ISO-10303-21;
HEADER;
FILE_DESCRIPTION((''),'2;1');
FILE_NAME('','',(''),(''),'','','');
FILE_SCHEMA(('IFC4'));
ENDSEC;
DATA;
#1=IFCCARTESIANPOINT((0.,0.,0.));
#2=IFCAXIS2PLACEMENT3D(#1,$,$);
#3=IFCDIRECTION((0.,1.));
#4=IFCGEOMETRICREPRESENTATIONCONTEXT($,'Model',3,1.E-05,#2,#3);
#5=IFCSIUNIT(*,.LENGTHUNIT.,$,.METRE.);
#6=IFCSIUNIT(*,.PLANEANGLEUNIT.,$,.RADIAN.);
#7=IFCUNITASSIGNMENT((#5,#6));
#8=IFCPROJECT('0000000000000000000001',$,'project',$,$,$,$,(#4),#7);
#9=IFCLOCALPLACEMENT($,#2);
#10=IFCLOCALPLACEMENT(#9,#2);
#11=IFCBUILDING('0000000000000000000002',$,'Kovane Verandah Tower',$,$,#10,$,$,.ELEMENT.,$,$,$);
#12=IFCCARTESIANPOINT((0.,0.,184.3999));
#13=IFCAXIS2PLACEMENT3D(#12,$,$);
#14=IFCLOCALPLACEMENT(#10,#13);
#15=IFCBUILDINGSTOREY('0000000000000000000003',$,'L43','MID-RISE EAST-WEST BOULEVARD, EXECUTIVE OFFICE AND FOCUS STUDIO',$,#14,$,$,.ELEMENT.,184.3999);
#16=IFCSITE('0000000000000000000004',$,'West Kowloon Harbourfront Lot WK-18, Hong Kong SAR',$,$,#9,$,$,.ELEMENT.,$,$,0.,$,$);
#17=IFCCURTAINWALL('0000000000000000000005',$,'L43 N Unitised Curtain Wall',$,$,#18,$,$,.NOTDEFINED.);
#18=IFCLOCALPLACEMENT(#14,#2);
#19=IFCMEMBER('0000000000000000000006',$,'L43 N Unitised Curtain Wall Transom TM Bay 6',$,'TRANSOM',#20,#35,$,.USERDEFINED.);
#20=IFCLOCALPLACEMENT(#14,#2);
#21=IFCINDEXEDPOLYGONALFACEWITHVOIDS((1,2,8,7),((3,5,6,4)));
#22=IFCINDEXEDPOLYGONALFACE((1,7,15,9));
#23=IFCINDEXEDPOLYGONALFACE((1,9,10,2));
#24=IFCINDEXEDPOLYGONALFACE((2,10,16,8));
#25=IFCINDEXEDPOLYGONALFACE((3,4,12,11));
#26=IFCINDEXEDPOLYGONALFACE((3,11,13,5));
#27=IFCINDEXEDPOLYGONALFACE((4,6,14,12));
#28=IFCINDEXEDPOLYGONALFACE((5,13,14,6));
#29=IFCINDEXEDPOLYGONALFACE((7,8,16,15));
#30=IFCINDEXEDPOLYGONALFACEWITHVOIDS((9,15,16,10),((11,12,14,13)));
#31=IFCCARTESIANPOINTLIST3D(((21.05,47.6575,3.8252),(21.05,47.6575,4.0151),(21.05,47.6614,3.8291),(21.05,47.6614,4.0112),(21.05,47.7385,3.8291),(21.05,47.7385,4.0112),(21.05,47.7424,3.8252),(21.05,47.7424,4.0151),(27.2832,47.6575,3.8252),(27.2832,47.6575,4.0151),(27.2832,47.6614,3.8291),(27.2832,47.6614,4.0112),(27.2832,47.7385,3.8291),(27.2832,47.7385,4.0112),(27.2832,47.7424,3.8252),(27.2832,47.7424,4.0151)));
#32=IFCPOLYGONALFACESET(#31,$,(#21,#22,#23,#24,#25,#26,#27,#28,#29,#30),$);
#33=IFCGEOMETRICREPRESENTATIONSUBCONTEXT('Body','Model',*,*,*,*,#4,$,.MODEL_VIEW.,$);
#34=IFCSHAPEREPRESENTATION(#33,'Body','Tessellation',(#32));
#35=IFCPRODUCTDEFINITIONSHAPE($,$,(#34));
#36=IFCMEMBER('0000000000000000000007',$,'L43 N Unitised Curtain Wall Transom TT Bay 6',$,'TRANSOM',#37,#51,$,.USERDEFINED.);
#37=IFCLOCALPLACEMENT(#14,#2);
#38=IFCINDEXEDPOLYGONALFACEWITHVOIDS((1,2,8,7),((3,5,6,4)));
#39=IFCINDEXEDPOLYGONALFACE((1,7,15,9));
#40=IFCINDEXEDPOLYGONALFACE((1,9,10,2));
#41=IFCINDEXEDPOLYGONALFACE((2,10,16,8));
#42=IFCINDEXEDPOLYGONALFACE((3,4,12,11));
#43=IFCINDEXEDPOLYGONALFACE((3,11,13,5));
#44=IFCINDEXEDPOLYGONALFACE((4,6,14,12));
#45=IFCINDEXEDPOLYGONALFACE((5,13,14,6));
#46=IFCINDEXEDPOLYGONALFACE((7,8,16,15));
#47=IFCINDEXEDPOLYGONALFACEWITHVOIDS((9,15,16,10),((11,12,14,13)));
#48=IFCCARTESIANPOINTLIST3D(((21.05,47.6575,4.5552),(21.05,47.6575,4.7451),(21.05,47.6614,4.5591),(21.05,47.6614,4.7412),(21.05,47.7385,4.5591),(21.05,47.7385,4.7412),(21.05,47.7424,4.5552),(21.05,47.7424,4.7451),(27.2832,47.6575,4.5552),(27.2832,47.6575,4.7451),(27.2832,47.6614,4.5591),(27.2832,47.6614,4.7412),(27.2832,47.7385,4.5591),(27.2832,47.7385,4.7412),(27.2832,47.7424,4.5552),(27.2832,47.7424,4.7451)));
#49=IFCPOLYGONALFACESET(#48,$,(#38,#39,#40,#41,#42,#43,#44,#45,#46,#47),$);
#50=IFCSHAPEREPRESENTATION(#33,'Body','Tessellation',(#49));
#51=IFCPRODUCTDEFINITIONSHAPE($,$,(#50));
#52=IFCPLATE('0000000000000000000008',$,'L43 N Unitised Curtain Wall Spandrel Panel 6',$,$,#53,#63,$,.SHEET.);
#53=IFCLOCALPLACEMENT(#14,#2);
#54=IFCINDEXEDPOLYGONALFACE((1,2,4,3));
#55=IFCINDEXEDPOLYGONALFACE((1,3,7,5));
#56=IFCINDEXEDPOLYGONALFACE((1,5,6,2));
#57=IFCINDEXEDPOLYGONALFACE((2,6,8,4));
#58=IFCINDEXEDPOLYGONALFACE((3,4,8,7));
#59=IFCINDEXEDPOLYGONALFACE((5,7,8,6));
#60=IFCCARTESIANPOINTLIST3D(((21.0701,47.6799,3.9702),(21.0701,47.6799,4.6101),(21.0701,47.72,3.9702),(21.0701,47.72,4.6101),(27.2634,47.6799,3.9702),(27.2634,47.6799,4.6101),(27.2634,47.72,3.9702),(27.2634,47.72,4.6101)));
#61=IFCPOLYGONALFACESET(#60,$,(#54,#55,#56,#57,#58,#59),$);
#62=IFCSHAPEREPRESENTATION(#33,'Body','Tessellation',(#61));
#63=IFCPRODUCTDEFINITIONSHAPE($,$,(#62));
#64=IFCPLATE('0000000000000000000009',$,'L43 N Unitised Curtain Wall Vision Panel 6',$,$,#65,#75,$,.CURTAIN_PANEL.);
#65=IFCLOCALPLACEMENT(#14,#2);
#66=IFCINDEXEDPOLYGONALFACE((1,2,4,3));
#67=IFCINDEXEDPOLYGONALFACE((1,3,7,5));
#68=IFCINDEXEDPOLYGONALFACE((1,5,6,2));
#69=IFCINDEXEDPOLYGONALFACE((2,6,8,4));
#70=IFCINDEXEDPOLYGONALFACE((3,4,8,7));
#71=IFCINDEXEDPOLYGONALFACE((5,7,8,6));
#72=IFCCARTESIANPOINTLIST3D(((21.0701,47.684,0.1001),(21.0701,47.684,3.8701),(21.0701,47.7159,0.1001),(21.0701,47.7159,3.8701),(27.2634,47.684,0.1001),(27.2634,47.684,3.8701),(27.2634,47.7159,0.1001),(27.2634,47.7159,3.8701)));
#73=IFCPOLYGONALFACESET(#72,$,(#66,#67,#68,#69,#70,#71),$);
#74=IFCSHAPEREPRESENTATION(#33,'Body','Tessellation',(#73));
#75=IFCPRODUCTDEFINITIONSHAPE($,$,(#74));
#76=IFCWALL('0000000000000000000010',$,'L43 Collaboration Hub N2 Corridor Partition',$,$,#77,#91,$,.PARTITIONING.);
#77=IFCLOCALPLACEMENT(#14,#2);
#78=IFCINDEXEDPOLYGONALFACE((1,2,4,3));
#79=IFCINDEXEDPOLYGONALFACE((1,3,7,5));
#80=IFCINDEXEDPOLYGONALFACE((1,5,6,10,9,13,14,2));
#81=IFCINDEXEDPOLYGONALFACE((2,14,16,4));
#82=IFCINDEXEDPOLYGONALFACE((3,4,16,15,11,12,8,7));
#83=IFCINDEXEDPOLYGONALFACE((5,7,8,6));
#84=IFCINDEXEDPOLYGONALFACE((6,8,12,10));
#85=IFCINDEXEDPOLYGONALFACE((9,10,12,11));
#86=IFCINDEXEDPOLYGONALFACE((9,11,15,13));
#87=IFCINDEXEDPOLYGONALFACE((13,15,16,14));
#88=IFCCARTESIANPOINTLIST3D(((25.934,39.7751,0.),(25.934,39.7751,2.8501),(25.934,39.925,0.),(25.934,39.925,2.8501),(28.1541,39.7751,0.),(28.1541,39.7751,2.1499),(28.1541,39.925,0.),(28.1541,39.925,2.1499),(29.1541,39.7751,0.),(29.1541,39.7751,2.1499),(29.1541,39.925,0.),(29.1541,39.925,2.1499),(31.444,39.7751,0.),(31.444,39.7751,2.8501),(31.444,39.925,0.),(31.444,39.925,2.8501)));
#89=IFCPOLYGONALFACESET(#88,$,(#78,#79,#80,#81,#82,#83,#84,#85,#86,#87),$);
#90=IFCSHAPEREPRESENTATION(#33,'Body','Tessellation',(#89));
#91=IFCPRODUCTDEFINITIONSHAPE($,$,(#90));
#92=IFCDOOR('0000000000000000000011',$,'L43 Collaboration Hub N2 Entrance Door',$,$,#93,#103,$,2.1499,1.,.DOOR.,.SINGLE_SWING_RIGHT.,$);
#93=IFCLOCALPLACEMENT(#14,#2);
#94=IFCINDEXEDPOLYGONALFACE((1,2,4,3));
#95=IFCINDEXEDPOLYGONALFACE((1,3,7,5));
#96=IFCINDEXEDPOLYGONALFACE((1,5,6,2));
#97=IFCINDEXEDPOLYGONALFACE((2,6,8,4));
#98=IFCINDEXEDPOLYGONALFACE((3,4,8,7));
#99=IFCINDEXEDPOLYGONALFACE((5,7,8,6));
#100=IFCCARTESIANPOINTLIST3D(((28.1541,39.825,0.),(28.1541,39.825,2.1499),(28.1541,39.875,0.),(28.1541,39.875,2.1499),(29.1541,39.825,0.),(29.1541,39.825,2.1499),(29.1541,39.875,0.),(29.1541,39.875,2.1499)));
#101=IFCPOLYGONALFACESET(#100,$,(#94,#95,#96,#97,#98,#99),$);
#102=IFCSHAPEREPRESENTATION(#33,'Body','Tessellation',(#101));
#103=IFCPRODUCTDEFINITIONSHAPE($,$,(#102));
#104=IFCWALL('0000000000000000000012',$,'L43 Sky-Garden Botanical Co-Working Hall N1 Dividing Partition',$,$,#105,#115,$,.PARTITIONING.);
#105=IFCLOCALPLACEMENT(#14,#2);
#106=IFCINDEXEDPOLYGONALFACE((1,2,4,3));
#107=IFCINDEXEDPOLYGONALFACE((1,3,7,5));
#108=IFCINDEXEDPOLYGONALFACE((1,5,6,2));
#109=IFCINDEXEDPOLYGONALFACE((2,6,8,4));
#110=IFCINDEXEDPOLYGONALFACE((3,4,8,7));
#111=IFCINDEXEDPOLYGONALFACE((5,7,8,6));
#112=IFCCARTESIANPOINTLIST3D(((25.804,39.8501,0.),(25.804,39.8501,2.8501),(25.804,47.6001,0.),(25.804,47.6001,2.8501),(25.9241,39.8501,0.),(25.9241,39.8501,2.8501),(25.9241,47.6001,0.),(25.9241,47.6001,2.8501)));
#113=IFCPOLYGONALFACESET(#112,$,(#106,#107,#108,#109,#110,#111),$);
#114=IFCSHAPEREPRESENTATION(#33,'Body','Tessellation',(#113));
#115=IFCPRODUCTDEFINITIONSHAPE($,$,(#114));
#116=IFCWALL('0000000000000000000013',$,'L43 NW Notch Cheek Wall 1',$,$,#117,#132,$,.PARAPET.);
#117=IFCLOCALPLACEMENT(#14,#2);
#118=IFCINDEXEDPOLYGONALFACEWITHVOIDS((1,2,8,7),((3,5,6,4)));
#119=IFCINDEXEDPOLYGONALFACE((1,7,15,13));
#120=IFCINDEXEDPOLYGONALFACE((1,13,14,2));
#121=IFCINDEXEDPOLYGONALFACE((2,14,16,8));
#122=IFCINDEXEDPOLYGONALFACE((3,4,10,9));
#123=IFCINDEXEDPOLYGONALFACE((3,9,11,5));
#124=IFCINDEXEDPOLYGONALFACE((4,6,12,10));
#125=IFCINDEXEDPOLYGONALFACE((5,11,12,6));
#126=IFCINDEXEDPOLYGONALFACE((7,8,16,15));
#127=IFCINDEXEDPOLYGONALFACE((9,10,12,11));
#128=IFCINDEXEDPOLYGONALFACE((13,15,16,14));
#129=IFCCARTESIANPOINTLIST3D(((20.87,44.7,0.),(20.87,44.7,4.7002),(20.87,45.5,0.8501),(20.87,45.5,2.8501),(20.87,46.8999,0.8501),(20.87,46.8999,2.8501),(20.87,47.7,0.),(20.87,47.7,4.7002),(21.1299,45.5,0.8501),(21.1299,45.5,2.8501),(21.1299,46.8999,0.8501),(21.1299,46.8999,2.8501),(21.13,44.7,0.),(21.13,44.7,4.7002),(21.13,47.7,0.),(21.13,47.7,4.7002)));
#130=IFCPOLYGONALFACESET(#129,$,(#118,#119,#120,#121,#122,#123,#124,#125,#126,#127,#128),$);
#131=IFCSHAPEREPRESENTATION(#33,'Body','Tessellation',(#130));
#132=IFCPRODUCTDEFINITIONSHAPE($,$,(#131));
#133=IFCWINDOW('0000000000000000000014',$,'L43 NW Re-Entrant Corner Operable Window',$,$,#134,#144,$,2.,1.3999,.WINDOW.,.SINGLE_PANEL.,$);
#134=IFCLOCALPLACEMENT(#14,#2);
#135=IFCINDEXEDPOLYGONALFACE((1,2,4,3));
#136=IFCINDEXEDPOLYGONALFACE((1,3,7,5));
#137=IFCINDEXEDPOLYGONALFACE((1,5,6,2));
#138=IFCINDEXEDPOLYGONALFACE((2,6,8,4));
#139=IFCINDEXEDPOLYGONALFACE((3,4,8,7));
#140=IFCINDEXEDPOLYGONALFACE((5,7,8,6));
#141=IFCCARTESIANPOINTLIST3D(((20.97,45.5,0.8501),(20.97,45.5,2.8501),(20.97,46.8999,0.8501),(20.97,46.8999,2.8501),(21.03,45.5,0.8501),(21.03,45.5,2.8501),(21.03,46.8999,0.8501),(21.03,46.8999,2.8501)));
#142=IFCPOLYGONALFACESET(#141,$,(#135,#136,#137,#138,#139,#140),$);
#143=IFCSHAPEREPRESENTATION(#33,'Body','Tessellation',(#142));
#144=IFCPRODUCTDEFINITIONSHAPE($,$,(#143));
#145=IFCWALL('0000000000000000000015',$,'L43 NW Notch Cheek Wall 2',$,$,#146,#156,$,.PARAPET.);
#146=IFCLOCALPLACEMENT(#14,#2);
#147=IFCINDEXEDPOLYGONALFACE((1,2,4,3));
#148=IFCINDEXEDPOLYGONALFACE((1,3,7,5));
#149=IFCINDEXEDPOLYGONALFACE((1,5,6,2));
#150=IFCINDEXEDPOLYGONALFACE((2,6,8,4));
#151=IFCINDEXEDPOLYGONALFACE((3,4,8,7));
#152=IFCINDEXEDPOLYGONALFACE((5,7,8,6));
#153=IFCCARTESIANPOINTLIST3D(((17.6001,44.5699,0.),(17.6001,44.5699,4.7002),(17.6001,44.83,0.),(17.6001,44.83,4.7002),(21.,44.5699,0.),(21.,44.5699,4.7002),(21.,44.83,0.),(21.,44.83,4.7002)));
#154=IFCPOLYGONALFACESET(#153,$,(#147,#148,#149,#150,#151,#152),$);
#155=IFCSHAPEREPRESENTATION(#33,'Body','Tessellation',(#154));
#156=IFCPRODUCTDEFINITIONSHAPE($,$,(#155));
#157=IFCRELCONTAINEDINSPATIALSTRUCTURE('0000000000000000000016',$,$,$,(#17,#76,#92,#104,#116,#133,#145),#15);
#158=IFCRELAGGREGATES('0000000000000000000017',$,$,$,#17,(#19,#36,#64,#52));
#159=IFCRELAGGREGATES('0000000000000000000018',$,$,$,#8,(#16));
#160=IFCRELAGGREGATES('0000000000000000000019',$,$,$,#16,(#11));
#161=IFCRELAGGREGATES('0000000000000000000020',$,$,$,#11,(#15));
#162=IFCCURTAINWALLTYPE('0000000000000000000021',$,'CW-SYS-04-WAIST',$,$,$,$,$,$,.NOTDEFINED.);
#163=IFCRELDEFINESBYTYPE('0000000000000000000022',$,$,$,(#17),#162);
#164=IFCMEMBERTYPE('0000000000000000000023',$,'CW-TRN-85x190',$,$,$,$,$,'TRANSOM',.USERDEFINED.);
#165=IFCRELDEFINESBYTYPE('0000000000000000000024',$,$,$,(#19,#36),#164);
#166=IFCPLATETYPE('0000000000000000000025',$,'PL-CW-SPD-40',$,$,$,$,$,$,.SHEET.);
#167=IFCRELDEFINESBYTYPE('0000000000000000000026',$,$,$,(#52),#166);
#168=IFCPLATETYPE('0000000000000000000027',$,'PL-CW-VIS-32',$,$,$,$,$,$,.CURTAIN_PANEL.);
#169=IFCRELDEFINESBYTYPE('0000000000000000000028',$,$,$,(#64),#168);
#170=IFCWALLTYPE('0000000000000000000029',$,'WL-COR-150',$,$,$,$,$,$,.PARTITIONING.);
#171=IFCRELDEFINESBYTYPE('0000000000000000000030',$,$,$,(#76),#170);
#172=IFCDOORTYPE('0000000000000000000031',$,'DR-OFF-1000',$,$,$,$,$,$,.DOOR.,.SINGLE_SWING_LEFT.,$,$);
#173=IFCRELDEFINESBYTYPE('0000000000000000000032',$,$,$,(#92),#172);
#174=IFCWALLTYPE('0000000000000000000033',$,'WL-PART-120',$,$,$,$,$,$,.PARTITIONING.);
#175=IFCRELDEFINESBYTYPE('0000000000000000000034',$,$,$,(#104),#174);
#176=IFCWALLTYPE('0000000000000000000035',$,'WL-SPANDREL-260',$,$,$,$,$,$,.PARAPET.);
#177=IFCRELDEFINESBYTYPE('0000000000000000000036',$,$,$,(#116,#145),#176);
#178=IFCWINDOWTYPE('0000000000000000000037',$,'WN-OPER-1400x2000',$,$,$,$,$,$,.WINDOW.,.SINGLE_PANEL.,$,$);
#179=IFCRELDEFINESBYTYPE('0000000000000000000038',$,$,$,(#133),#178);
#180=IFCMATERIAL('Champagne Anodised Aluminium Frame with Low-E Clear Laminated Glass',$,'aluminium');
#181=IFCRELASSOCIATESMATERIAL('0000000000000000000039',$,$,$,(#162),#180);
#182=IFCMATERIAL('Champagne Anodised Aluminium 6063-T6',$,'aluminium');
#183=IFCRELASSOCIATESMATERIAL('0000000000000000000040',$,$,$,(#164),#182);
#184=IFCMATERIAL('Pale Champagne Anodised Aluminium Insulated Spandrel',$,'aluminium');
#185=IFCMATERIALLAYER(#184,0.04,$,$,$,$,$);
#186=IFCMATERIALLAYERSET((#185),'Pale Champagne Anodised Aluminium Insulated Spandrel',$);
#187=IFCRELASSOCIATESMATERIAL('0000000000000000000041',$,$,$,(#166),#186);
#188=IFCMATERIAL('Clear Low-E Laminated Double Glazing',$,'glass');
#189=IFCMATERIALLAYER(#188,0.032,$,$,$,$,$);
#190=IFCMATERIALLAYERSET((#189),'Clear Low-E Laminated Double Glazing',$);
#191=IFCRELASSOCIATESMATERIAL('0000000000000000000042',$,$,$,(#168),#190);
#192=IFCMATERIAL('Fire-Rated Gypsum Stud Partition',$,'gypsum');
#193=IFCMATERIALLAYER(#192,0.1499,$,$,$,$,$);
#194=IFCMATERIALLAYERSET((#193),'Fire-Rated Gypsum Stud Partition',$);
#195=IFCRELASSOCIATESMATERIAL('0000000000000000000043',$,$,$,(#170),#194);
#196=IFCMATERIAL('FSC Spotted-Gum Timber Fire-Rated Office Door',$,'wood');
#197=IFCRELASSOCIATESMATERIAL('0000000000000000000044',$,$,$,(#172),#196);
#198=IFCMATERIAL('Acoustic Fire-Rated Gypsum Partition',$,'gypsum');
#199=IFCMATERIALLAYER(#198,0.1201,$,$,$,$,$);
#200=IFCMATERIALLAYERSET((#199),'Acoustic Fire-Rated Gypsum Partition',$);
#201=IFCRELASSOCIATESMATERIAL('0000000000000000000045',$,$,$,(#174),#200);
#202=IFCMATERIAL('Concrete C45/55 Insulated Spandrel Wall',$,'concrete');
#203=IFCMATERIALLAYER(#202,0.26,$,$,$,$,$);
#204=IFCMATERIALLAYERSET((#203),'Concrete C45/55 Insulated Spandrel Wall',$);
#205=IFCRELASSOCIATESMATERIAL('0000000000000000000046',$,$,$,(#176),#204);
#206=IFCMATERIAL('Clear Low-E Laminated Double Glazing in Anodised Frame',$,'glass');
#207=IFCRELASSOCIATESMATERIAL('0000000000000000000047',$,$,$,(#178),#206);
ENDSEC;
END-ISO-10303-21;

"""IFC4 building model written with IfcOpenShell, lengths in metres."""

from ifc_helpers import new_model, si_unit, direction, frame, frame_2d, origin, origin_2d, place, context, subcontext, project, spatial, rectangle, hollow_rectangle, extrude, material, layer, layer_set, material_profile, profile_set, type_object, element, fill, aggregate, save


model = new_model("IFC4")

# Units and contexts
model_context = context("Model", 3, precision=1e-05, world=origin(), true_north=direction((0.0, 1.0)))
body_context = subcontext(model_context, "Body", "Model", "MODEL_VIEW")
ifc_project = project(units=[si_unit("LENGTHUNIT", "METRE"), si_unit("PLANEANGLEUNIT", "RADIAN")], contexts=[model_context])

# Site, building, storey
site_placement = place(None, origin())
site = spatial("IfcSite", under=ifc_project, at=site_placement, Name="West Kowloon Harbourfront Lot WK-18, Hong Kong SAR", CompositionType="ELEMENT", RefElevation=0.0)
building_placement = place(site_placement, origin())
building = spatial("IfcBuilding", under=site, at=building_placement, Name="Kovane Verandah Tower", CompositionType="ELEMENT")
storey_placement = place(building_placement, frame((0.0, 0.0, 184.3999)))
storey = spatial("IfcBuildingStorey", under=building, at=storey_placement, Name="L43", Description="MID-RISE EAST-WEST BOULEVARD, EXECUTIVE OFFICE AND FOCUS STUDIO", CompositionType="ELEMENT", Elevation=184.3999)

# Curtain wall, members, plates
ifc_material_1 = material(Name="Champagne Anodised Aluminium Frame with Low-E Clear Laminated Glass", Category="aluminium")
curtain_wall_type = type_object("IfcCurtainWallType", Name="CW-SYS-04-WAIST", PredefinedType="NOTDEFINED", material=ifc_material_1)
curtain_wall_placement = place(storey_placement, origin())
curtain_wall = element("IfcCurtainWall", 1, at=curtain_wall_placement, inside=storey, type_object=curtain_wall_type, Name="L43 N Unitised Curtain Wall", PredefinedType="NOTDEFINED")
ifc_material_2 = material(Name="Champagne Anodised Aluminium 6063-T6", Category="aluminium")
ifc_material_profile_1 = material_profile(ifc_material_2, hollow_rectangle(XDim=0.085, YDim=0.1899, WallThickness=0.0039, at=origin_2d()), Name="AL85x190x4")
ifc_profile_set_1 = profile_set([ifc_material_profile_1], Name="Champagne Anodised Aluminium 6063-T6")
member_type_1 = type_object("IfcMemberType", Name="CW-TRN-85x190", ElementType="TRANSOM", PredefinedType="USERDEFINED", material=ifc_profile_set_1)
member_1_placement = place(storey_placement, frame((27.2832, 47.7, 3.9202), z_axis=(-1.0, 0.0, 0.0), x_axis=(0.0, -1.0, 0.0)))
member_1 = element("IfcMember", 2, at=member_1_placement, type_object=member_type_1, Name="L43 N Unitised Curtain Wall Transom TM Bay 6", ObjectType="TRANSOM", PredefinedType="USERDEFINED", context=body_context, shape_type="SweptSolid", body=[
    extrude(hollow_rectangle(XDim=0.085, YDim=0.1899, WallThickness=0.0039, at=origin_2d()), origin(), (0.0, 0.0, 1.0), 6.2332),
])
member_2_placement = place(storey_placement, frame((27.2832, 47.7, 4.6501), z_axis=(-1.0, 0.0, 0.0), x_axis=(0.0, -1.0, 0.0)))
member_2 = element("IfcMember", 3, at=member_2_placement, type_object=member_type_1, Name="L43 N Unitised Curtain Wall Transom TT Bay 6", ObjectType="TRANSOM", PredefinedType="USERDEFINED", context=body_context, shape_type="SweptSolid", body=[
    extrude(hollow_rectangle(XDim=0.085, YDim=0.1899, WallThickness=0.0039, at=origin_2d()), origin(), (0.0, 0.0, 1.0), 6.2332),
])
ifc_material_3 = material(Name="Pale Champagne Anodised Aluminium Insulated Spandrel", Category="aluminium")
ifc_layer_1 = layer(ifc_material_3, 0.04)
ifc_layer_set_1 = layer_set([ifc_layer_1], Name="Pale Champagne Anodised Aluminium Insulated Spandrel")
plate_type_1 = type_object("IfcPlateType", Name="PL-CW-SPD-40", PredefinedType="SHEET", material=ifc_layer_set_1)
plate_1_placement = place(storey_placement, frame((24.1667, 47.7, 3.9702), z_axis=(0.0, 0.0, 1.0), x_axis=(-1.0, 0.0, 0.0)))
plate_1 = element("IfcPlate", 4, at=plate_1_placement, type_object=plate_type_1, Name="L43 N Unitised Curtain Wall Spandrel Panel 6", PredefinedType="SHEET", context=body_context, shape_type="SweptSolid", body=[
    extrude(rectangle(XDim=6.1934, YDim=0.04, at=origin_2d()), origin(), (0.0, 0.0, 1.0), 0.6399),
])
ifc_material_4 = material(Name="Clear Low-E Laminated Double Glazing", Category="glass")
ifc_layer_2 = layer(ifc_material_4, 0.032)
ifc_layer_set_2 = layer_set([ifc_layer_2], Name="Clear Low-E Laminated Double Glazing")
plate_type_2 = type_object("IfcPlateType", Name="PL-CW-VIS-32", PredefinedType="CURTAIN_PANEL", material=ifc_layer_set_2)
plate_2_placement = place(storey_placement, frame((24.1667, 47.7, 0.1001), z_axis=(0.0, 0.0, 1.0), x_axis=(-1.0, 0.0, 0.0)))
plate_2 = element("IfcPlate", 5, at=plate_2_placement, type_object=plate_type_2, Name="L43 N Unitised Curtain Wall Vision Panel 6", PredefinedType="CURTAIN_PANEL", context=body_context, shape_type="SweptSolid", body=[
    extrude(rectangle(XDim=6.1934, YDim=0.032, at=origin_2d()), origin(), (0.0, 0.0, 1.0), 3.77),
])
aggregate(curtain_wall, [member_1, member_2, plate_2, plate_1])

# Wall, opening, door
ifc_material_5 = material(Name="Fire-Rated Gypsum Stud Partition", Category="gypsum")
ifc_layer_3 = layer(ifc_material_5, 0.1499)
ifc_layer_set_3 = layer_set([ifc_layer_3], Name="Fire-Rated Gypsum Stud Partition")
wall_type_1 = type_object("IfcWallType", Name="WL-COR-150", PredefinedType="PARTITIONING", material=ifc_layer_set_3)
ifc_material_6 = material(Name="FSC Spotted-Gum Timber Fire-Rated Office Door", Category="wood")
door_type_1 = type_object("IfcDoorType", Name="DR-OFF-1000", OperationType="SINGLE_SWING_LEFT", PredefinedType="DOOR", material=ifc_material_6)
wall_1_placement = place(storey_placement, frame((25.9341, 39.8501, 0.0), z_axis=(0.0, 0.0, 1.0), x_axis=(1.0, 0.0, 0.0)))
wall_1 = element("IfcWall", 6, at=wall_1_placement, inside=storey, type_object=wall_type_1, Name="L43 Collaboration Hub N2 Corridor Partition", PredefinedType="PARTITIONING", context=body_context, shape_type="SweptSolid", body=[
    extrude(rectangle(XDim=5.51, YDim=0.1499, at=frame_2d((2.7549, 0.0))), origin(), (0.0, 0.0, 1.0), 2.8501),
])
opening_1_placement = place(wall_1_placement, frame((2.22, 0.0, 0.0)))
opening_1 = element("IfcOpeningElement", 7, at=opening_1_placement, cuts=wall_1, PredefinedType="OPENING", context=body_context, shape_type="SweptSolid", body=[
    extrude(rectangle(XDim=1.0, YDim=2.1499, at=frame_2d((0.5, 1.075))), frame((0.0, 0.075, 0.0), z_axis=(0.0, -1.0, 0.0), x_axis=(1.0, 0.0, 0.0)), (0.0, 0.0, 1.0), 0.1499),
])
door_1_placement = place(opening_1_placement, origin())
door_1 = element("IfcDoor", 8, at=door_1_placement, inside=storey, type_object=door_type_1, Name="L43 Collaboration Hub N2 Entrance Door", OperationType="SINGLE_SWING_RIGHT", OverallHeight=2.1499, OverallWidth=1.0, PredefinedType="DOOR", context=body_context, shape_type="SweptSolid", body=[
    extrude(rectangle(XDim=1.0, YDim=2.1499, at=frame_2d((0.5, 1.075))), frame((0.0, 0.0249, 0.0), z_axis=(0.0, -1.0, 0.0), x_axis=(1.0, 0.0, 0.0)), (0.0, 0.0, 1.0), 0.05),
])
fill(opening_1, door_1)

# Wall
ifc_material_7 = material(Name="Acoustic Fire-Rated Gypsum Partition", Category="gypsum")
ifc_layer_4 = layer(ifc_material_7, 0.1201)
ifc_layer_set_4 = layer_set([ifc_layer_4], Name="Acoustic Fire-Rated Gypsum Partition")
wall_type_2 = type_object("IfcWallType", Name="WL-PART-120", PredefinedType="PARTITIONING", material=ifc_layer_set_4)
wall_2_placement = place(storey_placement, frame((25.864, 39.8501, 0.0), z_axis=(0.0, 0.0, 1.0), x_axis=(0.0, 1.0, 0.0)))
element("IfcWall", 9, at=wall_2_placement, inside=storey, type_object=wall_type_2, Name="L43 Sky-Garden Botanical Co-Working Hall N1 Dividing Partition", PredefinedType="PARTITIONING", context=body_context, shape_type="SweptSolid", body=[
    extrude(rectangle(XDim=7.75, YDim=0.1201, at=frame_2d((3.875, 0.0))), origin(), (0.0, 0.0, 1.0), 2.8501),
])

# Shared definitions
ifc_material_8 = material(Name="Concrete C45/55 Insulated Spandrel Wall", Category="concrete")
ifc_layer_5 = layer(ifc_material_8, 0.26)
ifc_layer_set_5 = layer_set([ifc_layer_5], Name="Concrete C45/55 Insulated Spandrel Wall")
wall_type_3 = type_object("IfcWallType", Name="WL-SPANDREL-260", PredefinedType="PARAPET", material=ifc_layer_set_5)
ifc_material_9 = material(Name="Clear Low-E Laminated Double Glazing in Anodised Frame", Category="glass")

# Wall, opening, window
wall_3_placement = place(storey_placement, frame((21.0, 47.7, 0.0), z_axis=(0.0, 0.0, 1.0), x_axis=(0.0, -1.0, 0.0)))
wall_3 = element("IfcWall", 10, at=wall_3_placement, inside=storey, type_object=wall_type_3, Name="L43 NW Notch Cheek Wall 1", PredefinedType="PARAPET", context=body_context, shape_type="SweptSolid", body=[
    extrude(rectangle(XDim=3.0, YDim=0.26, at=frame_2d((1.5, 0.0))), origin(), (0.0, 0.0, 1.0), 4.7002),
])
opening_2_placement = place(wall_3_placement, frame((0.8, 0.0, 0.8501)))
opening_2 = element("IfcOpeningElement", 11, at=opening_2_placement, cuts=wall_3, PredefinedType="OPENING", context=body_context, shape_type="SweptSolid", body=[
    extrude(rectangle(XDim=1.3999, YDim=2.0, at=frame_2d((0.7, 1.0))), frame((0.0, 0.1299, 0.0), z_axis=(0.0, -1.0, 0.0), x_axis=(1.0, 0.0, 0.0)), (0.0, 0.0, 1.0), 0.26),
])
window_type_1 = type_object("IfcWindowType", Name="WN-OPER-1400x2000", PartitioningType="SINGLE_PANEL", PredefinedType="WINDOW", material=ifc_material_9)
window_1_placement = place(opening_2_placement, origin())
window_1 = element("IfcWindow", 12, at=window_1_placement, inside=storey, type_object=window_type_1, Name="L43 NW Re-Entrant Corner Operable Window", OverallHeight=2.0, OverallWidth=1.3999, PartitioningType="SINGLE_PANEL", PredefinedType="WINDOW", context=body_context, shape_type="SweptSolid", body=[
    extrude(rectangle(XDim=1.3999, YDim=2.0, at=frame_2d((0.7, 1.0))), frame((0.0, 0.03, 0.0), z_axis=(0.0, -1.0, 0.0), x_axis=(1.0, 0.0, 0.0)), (0.0, 0.0, 1.0), 0.0601),
])
fill(opening_2, window_1)

# Wall
wall_4_placement = place(storey_placement, frame((21.0, 44.7, 0.0), z_axis=(0.0, 0.0, 1.0), x_axis=(-1.0, 0.0, 0.0)))
element("IfcWall", 13, at=wall_4_placement, inside=storey, type_object=wall_type_3, Name="L43 NW Notch Cheek Wall 2", PredefinedType="PARAPET", context=body_context, shape_type="SweptSolid", body=[
    extrude(rectangle(XDim=3.3999, YDim=0.26, at=frame_2d((1.7, 0.0))), origin(), (0.0, 0.0, 1.0), 4.7002),
])

save(model, "model.ifc")
